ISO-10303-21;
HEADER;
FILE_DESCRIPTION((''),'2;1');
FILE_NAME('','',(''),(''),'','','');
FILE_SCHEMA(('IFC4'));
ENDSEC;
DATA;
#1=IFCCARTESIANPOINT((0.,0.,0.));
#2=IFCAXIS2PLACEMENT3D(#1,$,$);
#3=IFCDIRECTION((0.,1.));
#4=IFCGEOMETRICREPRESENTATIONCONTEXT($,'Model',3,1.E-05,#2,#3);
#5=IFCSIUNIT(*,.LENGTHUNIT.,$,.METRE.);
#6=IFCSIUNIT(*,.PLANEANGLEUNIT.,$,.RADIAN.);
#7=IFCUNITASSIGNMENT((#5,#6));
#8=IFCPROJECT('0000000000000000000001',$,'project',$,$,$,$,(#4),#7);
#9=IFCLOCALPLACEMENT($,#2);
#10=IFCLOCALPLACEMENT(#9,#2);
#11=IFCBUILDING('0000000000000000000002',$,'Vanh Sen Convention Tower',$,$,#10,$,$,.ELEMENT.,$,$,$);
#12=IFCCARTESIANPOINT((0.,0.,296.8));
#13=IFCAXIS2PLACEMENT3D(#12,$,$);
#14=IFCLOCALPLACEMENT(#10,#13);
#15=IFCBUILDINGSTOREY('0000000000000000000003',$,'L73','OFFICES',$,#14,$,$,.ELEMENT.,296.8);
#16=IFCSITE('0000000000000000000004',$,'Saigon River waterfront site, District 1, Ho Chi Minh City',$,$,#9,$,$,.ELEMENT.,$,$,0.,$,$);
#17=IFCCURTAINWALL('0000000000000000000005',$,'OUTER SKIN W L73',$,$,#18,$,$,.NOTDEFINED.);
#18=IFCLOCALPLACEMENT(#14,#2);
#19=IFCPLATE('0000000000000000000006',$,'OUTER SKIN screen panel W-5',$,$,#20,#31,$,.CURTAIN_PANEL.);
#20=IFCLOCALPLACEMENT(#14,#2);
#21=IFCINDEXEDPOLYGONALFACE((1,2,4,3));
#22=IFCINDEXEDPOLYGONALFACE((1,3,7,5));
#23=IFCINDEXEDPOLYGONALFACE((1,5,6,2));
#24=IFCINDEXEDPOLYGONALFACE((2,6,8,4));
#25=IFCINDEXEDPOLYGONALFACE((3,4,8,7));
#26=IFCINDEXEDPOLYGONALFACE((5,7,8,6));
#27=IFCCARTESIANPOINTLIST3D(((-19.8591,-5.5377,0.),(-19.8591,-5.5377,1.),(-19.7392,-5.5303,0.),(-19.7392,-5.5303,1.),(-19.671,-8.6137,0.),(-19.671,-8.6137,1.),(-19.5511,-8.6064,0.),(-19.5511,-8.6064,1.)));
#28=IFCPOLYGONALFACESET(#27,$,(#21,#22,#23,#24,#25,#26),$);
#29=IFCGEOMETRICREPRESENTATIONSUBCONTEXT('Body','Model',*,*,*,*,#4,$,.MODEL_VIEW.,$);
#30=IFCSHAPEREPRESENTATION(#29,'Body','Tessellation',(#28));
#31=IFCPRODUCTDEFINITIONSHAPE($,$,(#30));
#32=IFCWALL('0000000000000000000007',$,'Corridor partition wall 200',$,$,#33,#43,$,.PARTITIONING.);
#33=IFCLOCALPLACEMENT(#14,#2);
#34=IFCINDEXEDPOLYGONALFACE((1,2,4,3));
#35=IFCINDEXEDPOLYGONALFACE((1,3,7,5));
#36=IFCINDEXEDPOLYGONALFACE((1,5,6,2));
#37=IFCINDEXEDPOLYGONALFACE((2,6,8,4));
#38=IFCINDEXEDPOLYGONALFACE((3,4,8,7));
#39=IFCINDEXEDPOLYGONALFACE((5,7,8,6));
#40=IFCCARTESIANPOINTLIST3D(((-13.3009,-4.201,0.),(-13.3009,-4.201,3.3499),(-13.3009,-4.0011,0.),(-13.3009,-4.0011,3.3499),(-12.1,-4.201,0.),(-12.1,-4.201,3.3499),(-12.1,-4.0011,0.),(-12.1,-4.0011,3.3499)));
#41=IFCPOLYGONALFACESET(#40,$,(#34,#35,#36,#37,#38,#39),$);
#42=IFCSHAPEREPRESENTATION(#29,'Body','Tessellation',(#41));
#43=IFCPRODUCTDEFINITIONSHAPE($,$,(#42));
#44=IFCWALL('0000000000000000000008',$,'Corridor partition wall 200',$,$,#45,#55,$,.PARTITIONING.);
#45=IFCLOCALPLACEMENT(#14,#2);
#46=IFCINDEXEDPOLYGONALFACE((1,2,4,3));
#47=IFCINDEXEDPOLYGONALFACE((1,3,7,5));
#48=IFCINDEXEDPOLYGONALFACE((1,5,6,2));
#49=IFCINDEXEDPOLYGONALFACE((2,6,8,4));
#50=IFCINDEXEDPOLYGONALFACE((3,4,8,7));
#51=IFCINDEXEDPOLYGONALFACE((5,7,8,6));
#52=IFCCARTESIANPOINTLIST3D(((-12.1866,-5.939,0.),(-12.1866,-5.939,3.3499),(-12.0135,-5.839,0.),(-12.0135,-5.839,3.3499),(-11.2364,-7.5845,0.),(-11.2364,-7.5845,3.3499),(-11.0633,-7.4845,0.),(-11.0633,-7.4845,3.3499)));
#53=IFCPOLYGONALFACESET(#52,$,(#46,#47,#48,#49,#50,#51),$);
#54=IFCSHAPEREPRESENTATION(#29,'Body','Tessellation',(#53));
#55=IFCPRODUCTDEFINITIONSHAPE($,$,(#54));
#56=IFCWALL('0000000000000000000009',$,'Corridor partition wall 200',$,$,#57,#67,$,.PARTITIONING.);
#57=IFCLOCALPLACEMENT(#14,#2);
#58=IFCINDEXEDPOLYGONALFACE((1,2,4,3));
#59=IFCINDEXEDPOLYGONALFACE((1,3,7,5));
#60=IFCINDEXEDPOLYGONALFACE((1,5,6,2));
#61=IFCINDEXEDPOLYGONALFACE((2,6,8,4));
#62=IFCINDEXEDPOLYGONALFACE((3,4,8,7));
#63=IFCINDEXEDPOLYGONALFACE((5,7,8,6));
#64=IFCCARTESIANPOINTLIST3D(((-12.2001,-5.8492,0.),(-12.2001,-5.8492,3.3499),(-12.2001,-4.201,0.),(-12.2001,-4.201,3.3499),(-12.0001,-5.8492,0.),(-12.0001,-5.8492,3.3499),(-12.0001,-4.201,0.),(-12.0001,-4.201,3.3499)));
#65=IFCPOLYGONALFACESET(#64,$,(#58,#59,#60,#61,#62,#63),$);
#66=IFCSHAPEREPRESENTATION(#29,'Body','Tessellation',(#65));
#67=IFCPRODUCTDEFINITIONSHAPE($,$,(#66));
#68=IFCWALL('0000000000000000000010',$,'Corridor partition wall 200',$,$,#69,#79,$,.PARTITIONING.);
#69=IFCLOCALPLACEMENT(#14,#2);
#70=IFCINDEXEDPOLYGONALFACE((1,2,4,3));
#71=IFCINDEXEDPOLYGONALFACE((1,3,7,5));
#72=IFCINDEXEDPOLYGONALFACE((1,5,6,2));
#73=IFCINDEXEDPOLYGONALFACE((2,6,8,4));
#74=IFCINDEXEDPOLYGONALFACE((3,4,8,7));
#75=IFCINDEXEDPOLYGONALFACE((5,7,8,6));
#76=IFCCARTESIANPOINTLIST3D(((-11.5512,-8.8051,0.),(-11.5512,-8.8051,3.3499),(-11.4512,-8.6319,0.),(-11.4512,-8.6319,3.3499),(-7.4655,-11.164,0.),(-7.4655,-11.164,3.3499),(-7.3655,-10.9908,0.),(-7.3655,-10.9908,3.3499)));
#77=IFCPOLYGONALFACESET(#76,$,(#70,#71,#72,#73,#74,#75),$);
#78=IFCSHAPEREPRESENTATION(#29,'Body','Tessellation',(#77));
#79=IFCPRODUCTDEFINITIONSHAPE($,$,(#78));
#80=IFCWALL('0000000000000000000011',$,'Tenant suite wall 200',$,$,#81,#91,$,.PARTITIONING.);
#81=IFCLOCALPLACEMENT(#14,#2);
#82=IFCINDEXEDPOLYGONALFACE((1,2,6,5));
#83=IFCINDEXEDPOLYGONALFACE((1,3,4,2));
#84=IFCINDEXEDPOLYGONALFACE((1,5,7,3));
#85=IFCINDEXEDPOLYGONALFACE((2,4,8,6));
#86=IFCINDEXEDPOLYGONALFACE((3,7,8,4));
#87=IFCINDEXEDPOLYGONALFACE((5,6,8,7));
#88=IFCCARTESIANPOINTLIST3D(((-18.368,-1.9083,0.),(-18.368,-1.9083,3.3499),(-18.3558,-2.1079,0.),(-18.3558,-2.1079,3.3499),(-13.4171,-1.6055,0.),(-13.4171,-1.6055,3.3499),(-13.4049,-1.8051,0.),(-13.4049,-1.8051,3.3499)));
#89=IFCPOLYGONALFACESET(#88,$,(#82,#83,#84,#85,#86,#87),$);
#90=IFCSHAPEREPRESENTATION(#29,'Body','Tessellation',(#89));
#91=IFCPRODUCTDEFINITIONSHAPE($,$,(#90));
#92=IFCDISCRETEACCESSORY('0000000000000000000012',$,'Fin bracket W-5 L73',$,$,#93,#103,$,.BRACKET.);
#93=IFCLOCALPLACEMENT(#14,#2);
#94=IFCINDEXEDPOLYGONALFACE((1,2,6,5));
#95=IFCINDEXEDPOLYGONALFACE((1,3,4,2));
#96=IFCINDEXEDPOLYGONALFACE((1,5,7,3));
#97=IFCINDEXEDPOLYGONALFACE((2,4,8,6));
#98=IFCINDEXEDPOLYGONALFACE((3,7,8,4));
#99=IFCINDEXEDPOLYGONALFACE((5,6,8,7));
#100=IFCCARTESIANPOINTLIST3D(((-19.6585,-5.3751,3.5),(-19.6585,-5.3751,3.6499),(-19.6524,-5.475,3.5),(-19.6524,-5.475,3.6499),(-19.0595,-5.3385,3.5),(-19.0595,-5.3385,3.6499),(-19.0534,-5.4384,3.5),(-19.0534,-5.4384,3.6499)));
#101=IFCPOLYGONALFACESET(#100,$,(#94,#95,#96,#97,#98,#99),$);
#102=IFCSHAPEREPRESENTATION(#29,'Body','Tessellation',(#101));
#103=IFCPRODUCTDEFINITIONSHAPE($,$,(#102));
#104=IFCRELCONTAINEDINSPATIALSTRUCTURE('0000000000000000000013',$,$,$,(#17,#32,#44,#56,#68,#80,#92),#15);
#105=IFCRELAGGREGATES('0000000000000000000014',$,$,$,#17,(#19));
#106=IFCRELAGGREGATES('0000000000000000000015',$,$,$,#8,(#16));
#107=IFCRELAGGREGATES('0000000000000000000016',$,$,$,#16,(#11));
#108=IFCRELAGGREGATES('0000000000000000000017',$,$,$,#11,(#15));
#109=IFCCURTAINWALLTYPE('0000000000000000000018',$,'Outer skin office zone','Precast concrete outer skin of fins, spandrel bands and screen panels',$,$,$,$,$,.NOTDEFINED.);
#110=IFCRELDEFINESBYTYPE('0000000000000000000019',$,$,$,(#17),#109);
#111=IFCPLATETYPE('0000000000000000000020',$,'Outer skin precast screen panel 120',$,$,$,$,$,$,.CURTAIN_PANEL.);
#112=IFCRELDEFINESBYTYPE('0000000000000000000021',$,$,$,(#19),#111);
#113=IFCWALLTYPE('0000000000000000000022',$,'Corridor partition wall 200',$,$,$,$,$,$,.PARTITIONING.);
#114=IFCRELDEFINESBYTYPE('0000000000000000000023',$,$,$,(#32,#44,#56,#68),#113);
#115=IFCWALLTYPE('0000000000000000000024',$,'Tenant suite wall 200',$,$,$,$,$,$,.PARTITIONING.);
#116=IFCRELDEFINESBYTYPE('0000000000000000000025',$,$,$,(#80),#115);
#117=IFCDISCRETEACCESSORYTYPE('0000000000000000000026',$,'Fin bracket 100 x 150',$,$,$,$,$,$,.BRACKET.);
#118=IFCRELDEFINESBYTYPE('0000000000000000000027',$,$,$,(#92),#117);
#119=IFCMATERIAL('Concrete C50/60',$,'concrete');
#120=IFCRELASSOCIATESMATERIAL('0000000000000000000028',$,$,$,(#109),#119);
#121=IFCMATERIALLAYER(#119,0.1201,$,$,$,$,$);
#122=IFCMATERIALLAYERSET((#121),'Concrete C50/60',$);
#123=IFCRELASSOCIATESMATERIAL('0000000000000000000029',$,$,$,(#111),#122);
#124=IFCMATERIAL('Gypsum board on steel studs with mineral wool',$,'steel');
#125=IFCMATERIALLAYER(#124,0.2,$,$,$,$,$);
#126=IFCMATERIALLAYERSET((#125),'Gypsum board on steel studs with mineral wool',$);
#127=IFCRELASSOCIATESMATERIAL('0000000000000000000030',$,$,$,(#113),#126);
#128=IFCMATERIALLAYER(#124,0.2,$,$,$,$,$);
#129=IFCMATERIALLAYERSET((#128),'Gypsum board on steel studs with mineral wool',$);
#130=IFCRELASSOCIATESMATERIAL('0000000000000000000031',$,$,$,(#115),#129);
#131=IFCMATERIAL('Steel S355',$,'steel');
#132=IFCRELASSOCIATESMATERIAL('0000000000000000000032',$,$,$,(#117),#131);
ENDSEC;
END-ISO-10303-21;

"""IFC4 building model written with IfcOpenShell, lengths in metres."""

from ifc_helpers import new_model, si_unit, direction, frame, frame_2d, origin, origin_2d, place, context, subcontext, project, spatial, rectangle, extrude, material, layer, layer_set, type_object, element, aggregate, save


model = new_model("IFC4")

# Units and contexts
model_context = context("Model", 3, precision=1e-05, world=origin(), true_north=direction((0.0, 1.0)))
body_context = subcontext(model_context, "Body", "Model", "MODEL_VIEW")
ifc_project = project(units=[si_unit("LENGTHUNIT", "METRE"), si_unit("PLANEANGLEUNIT", "RADIAN")], contexts=[model_context])

# Site, building, storey
site_placement = place(None, origin())
site = spatial("IfcSite", under=ifc_project, at=site_placement, Name="Saigon River waterfront site, District 1, Ho Chi Minh City", CompositionType="ELEMENT", RefElevation=0.0)
building_placement = place(site_placement, origin())
building = spatial("IfcBuilding", under=site, at=building_placement, Name="Vanh Sen Convention Tower", CompositionType="ELEMENT")
storey_placement = place(building_placement, frame((0.0, 0.0, 296.8)))
storey = spatial("IfcBuildingStorey", under=building, at=storey_placement, Name="L73", Description="OFFICES", CompositionType="ELEMENT", Elevation=296.8)

# Curtain wall
ifc_material_1 = material(Name="Concrete C50/60", Category="concrete")
curtain_wall_type = type_object("IfcCurtainWallType", Name="Outer skin office zone", Description="Precast concrete outer skin of fins, spandrel bands and screen panels", PredefinedType="NOTDEFINED", material=ifc_material_1)
curtain_wall_1_placement = place(storey_placement, origin())
curtain_wall_1 = element("IfcCurtainWall", 1, at=curtain_wall_1_placement, inside=storey, type_object=curtain_wall_type, Name="OUTER SKIN W L73", PredefinedType="NOTDEFINED")

# Plate
ifc_layer_1 = layer(ifc_material_1, 0.1201)
ifc_layer_set_1 = layer_set([ifc_layer_1], Name="Concrete C50/60")
plate_type = type_object("IfcPlateType", Name="Outer skin precast screen panel 120", PredefinedType="CURTAIN_PANEL", material=ifc_layer_set_1)
plate_1_placement = place(storey_placement, frame((-19.7051, -7.072, 0.0), z_axis=(0.0, 0.0, 1.0), x_axis=(0.06105, -0.998135, 0.0)))
plate_1 = element("IfcPlate", 2, at=plate_1_placement, type_object=plate_type, Name="OUTER SKIN screen panel W-5", PredefinedType="CURTAIN_PANEL", context=body_context, shape_type="SweptSolid", body=[
    extrude(rectangle(XDim=3.0818, YDim=0.1201, at=origin_2d()), origin(), (0.0, 0.0, 1.0), 1.0),
])
aggregate(curtain_wall_1, [plate_1])

# Walls
ifc_material_2 = material(Name="Gypsum board on steel studs with mineral wool", Category="steel")
ifc_layer_2 = layer(ifc_material_2, 0.2)
ifc_layer_set_2 = layer_set([ifc_layer_2], Name="Gypsum board on steel studs with mineral wool")
wall_type_1 = type_object("IfcWallType", Name="Corridor partition wall 200", PredefinedType="PARTITIONING", material=ifc_layer_set_2)
wall_1_placement = place(storey_placement, frame((-13.301, -4.1011, 0.0), z_axis=(0.0, 0.0, 1.0), x_axis=(1.0, 0.0, 0.0)))
element("IfcWall", 3, at=wall_1_placement, inside=storey, type_object=wall_type_1, Name="Corridor partition wall 200", PredefinedType="PARTITIONING", context=body_context, shape_type="SweptSolid", body=[
    extrude(rectangle(XDim=1.2009, YDim=0.2, at=frame_2d((0.6006, 0.0))), origin(), (0.0, 0.0, 1.0), 3.3499),
])
wall_2_placement = place(storey_placement, frame((-12.1001, -5.8889, 0.0), z_axis=(0.0, 0.0, 1.0), x_axis=(0.500064, -0.865989, 0.0)))
element("IfcWall", 4, at=wall_2_placement, inside=storey, type_object=wall_type_1, Name="Corridor partition wall 200", PredefinedType="PARTITIONING", context=body_context, shape_type="SweptSolid", body=[
    extrude(rectangle(XDim=1.9001, YDim=0.2, at=frame_2d((0.9502, 0.0))), origin(), (0.0, 0.0, 1.0), 3.3499),
])
wall_3_placement = place(storey_placement, frame((-12.1001, -4.2009, 0.0), z_axis=(0.0, 0.0, 1.0), x_axis=(0.0, -1.0, 0.0)))
element("IfcWall", 5, at=wall_3_placement, inside=storey, type_object=wall_type_1, Name="Corridor partition wall 200", PredefinedType="PARTITIONING", context=body_context, shape_type="SweptSolid", body=[
    extrude(rectangle(XDim=1.6482, YDim=0.2, at=frame_2d((0.8242, 0.0))), origin(), (0.0, 0.0, 1.0), 3.3499),
])
wall_4_placement = place(storey_placement, frame((-11.5012, -8.7185, 0.0), z_axis=(0.0, 0.0, 1.0), x_axis=(0.866024, -0.500002, 0.0)))
element("IfcWall", 6, at=wall_4_placement, inside=storey, type_object=wall_type_1, Name="Corridor partition wall 200", PredefinedType="PARTITIONING", context=body_context, shape_type="SweptSolid", body=[
    extrude(rectangle(XDim=4.7178, YDim=0.2, at=frame_2d((2.3589, 0.0))), origin(), (0.0, 0.0, 1.0), 3.3499),
])
ifc_layer_3 = layer(ifc_material_2, 0.2)
ifc_layer_set_3 = layer_set([ifc_layer_3], Name="Gypsum board on steel studs with mineral wool")
wall_type_2 = type_object("IfcWallType", Name="Tenant suite wall 200", PredefinedType="PARTITIONING", material=ifc_layer_set_3)
wall_5_placement = place(storey_placement, frame((-18.3618, -2.0081, 0.0), z_axis=(0.0, 0.0, 1.0), x_axis=(0.998136, 0.061033, 0.0)))
element("IfcWall", 7, at=wall_5_placement, inside=storey, type_object=wall_type_2, Name="Tenant suite wall 200", PredefinedType="PARTITIONING", context=body_context, shape_type="SweptSolid", body=[
    extrude(rectangle(XDim=4.9602, YDim=0.2, at=frame_2d((2.48, 0.0))), origin(), (0.0, 0.0, 1.0), 3.3499),
])

# Discrete accessory
ifc_material_3 = material(Name="Steel S355", Category="steel")
discrete_accessory_type = type_object("IfcDiscreteAccessoryType", Name="Fin bracket 100 x 150", PredefinedType="BRACKET", material=ifc_material_3)
discrete_accessory_placement = place(storey_placement, frame((-19.356, -5.4067, 3.5), z_axis=(0.0, 0.0, 1.0), x_axis=(-0.998135, -0.061049, 0.0)))
element("IfcDiscreteAccessory", 8, at=discrete_accessory_placement, inside=storey, type_object=discrete_accessory_type, Name="Fin bracket W-5 L73", PredefinedType="BRACKET", context=body_context, shape_type="SweptSolid", body=[
    extrude(rectangle(XDim=0.6001, YDim=0.1001, at=origin_2d()), origin(), (0.0, 0.0, 1.0), 0.1499),
])

save(model, "model.ifc")
